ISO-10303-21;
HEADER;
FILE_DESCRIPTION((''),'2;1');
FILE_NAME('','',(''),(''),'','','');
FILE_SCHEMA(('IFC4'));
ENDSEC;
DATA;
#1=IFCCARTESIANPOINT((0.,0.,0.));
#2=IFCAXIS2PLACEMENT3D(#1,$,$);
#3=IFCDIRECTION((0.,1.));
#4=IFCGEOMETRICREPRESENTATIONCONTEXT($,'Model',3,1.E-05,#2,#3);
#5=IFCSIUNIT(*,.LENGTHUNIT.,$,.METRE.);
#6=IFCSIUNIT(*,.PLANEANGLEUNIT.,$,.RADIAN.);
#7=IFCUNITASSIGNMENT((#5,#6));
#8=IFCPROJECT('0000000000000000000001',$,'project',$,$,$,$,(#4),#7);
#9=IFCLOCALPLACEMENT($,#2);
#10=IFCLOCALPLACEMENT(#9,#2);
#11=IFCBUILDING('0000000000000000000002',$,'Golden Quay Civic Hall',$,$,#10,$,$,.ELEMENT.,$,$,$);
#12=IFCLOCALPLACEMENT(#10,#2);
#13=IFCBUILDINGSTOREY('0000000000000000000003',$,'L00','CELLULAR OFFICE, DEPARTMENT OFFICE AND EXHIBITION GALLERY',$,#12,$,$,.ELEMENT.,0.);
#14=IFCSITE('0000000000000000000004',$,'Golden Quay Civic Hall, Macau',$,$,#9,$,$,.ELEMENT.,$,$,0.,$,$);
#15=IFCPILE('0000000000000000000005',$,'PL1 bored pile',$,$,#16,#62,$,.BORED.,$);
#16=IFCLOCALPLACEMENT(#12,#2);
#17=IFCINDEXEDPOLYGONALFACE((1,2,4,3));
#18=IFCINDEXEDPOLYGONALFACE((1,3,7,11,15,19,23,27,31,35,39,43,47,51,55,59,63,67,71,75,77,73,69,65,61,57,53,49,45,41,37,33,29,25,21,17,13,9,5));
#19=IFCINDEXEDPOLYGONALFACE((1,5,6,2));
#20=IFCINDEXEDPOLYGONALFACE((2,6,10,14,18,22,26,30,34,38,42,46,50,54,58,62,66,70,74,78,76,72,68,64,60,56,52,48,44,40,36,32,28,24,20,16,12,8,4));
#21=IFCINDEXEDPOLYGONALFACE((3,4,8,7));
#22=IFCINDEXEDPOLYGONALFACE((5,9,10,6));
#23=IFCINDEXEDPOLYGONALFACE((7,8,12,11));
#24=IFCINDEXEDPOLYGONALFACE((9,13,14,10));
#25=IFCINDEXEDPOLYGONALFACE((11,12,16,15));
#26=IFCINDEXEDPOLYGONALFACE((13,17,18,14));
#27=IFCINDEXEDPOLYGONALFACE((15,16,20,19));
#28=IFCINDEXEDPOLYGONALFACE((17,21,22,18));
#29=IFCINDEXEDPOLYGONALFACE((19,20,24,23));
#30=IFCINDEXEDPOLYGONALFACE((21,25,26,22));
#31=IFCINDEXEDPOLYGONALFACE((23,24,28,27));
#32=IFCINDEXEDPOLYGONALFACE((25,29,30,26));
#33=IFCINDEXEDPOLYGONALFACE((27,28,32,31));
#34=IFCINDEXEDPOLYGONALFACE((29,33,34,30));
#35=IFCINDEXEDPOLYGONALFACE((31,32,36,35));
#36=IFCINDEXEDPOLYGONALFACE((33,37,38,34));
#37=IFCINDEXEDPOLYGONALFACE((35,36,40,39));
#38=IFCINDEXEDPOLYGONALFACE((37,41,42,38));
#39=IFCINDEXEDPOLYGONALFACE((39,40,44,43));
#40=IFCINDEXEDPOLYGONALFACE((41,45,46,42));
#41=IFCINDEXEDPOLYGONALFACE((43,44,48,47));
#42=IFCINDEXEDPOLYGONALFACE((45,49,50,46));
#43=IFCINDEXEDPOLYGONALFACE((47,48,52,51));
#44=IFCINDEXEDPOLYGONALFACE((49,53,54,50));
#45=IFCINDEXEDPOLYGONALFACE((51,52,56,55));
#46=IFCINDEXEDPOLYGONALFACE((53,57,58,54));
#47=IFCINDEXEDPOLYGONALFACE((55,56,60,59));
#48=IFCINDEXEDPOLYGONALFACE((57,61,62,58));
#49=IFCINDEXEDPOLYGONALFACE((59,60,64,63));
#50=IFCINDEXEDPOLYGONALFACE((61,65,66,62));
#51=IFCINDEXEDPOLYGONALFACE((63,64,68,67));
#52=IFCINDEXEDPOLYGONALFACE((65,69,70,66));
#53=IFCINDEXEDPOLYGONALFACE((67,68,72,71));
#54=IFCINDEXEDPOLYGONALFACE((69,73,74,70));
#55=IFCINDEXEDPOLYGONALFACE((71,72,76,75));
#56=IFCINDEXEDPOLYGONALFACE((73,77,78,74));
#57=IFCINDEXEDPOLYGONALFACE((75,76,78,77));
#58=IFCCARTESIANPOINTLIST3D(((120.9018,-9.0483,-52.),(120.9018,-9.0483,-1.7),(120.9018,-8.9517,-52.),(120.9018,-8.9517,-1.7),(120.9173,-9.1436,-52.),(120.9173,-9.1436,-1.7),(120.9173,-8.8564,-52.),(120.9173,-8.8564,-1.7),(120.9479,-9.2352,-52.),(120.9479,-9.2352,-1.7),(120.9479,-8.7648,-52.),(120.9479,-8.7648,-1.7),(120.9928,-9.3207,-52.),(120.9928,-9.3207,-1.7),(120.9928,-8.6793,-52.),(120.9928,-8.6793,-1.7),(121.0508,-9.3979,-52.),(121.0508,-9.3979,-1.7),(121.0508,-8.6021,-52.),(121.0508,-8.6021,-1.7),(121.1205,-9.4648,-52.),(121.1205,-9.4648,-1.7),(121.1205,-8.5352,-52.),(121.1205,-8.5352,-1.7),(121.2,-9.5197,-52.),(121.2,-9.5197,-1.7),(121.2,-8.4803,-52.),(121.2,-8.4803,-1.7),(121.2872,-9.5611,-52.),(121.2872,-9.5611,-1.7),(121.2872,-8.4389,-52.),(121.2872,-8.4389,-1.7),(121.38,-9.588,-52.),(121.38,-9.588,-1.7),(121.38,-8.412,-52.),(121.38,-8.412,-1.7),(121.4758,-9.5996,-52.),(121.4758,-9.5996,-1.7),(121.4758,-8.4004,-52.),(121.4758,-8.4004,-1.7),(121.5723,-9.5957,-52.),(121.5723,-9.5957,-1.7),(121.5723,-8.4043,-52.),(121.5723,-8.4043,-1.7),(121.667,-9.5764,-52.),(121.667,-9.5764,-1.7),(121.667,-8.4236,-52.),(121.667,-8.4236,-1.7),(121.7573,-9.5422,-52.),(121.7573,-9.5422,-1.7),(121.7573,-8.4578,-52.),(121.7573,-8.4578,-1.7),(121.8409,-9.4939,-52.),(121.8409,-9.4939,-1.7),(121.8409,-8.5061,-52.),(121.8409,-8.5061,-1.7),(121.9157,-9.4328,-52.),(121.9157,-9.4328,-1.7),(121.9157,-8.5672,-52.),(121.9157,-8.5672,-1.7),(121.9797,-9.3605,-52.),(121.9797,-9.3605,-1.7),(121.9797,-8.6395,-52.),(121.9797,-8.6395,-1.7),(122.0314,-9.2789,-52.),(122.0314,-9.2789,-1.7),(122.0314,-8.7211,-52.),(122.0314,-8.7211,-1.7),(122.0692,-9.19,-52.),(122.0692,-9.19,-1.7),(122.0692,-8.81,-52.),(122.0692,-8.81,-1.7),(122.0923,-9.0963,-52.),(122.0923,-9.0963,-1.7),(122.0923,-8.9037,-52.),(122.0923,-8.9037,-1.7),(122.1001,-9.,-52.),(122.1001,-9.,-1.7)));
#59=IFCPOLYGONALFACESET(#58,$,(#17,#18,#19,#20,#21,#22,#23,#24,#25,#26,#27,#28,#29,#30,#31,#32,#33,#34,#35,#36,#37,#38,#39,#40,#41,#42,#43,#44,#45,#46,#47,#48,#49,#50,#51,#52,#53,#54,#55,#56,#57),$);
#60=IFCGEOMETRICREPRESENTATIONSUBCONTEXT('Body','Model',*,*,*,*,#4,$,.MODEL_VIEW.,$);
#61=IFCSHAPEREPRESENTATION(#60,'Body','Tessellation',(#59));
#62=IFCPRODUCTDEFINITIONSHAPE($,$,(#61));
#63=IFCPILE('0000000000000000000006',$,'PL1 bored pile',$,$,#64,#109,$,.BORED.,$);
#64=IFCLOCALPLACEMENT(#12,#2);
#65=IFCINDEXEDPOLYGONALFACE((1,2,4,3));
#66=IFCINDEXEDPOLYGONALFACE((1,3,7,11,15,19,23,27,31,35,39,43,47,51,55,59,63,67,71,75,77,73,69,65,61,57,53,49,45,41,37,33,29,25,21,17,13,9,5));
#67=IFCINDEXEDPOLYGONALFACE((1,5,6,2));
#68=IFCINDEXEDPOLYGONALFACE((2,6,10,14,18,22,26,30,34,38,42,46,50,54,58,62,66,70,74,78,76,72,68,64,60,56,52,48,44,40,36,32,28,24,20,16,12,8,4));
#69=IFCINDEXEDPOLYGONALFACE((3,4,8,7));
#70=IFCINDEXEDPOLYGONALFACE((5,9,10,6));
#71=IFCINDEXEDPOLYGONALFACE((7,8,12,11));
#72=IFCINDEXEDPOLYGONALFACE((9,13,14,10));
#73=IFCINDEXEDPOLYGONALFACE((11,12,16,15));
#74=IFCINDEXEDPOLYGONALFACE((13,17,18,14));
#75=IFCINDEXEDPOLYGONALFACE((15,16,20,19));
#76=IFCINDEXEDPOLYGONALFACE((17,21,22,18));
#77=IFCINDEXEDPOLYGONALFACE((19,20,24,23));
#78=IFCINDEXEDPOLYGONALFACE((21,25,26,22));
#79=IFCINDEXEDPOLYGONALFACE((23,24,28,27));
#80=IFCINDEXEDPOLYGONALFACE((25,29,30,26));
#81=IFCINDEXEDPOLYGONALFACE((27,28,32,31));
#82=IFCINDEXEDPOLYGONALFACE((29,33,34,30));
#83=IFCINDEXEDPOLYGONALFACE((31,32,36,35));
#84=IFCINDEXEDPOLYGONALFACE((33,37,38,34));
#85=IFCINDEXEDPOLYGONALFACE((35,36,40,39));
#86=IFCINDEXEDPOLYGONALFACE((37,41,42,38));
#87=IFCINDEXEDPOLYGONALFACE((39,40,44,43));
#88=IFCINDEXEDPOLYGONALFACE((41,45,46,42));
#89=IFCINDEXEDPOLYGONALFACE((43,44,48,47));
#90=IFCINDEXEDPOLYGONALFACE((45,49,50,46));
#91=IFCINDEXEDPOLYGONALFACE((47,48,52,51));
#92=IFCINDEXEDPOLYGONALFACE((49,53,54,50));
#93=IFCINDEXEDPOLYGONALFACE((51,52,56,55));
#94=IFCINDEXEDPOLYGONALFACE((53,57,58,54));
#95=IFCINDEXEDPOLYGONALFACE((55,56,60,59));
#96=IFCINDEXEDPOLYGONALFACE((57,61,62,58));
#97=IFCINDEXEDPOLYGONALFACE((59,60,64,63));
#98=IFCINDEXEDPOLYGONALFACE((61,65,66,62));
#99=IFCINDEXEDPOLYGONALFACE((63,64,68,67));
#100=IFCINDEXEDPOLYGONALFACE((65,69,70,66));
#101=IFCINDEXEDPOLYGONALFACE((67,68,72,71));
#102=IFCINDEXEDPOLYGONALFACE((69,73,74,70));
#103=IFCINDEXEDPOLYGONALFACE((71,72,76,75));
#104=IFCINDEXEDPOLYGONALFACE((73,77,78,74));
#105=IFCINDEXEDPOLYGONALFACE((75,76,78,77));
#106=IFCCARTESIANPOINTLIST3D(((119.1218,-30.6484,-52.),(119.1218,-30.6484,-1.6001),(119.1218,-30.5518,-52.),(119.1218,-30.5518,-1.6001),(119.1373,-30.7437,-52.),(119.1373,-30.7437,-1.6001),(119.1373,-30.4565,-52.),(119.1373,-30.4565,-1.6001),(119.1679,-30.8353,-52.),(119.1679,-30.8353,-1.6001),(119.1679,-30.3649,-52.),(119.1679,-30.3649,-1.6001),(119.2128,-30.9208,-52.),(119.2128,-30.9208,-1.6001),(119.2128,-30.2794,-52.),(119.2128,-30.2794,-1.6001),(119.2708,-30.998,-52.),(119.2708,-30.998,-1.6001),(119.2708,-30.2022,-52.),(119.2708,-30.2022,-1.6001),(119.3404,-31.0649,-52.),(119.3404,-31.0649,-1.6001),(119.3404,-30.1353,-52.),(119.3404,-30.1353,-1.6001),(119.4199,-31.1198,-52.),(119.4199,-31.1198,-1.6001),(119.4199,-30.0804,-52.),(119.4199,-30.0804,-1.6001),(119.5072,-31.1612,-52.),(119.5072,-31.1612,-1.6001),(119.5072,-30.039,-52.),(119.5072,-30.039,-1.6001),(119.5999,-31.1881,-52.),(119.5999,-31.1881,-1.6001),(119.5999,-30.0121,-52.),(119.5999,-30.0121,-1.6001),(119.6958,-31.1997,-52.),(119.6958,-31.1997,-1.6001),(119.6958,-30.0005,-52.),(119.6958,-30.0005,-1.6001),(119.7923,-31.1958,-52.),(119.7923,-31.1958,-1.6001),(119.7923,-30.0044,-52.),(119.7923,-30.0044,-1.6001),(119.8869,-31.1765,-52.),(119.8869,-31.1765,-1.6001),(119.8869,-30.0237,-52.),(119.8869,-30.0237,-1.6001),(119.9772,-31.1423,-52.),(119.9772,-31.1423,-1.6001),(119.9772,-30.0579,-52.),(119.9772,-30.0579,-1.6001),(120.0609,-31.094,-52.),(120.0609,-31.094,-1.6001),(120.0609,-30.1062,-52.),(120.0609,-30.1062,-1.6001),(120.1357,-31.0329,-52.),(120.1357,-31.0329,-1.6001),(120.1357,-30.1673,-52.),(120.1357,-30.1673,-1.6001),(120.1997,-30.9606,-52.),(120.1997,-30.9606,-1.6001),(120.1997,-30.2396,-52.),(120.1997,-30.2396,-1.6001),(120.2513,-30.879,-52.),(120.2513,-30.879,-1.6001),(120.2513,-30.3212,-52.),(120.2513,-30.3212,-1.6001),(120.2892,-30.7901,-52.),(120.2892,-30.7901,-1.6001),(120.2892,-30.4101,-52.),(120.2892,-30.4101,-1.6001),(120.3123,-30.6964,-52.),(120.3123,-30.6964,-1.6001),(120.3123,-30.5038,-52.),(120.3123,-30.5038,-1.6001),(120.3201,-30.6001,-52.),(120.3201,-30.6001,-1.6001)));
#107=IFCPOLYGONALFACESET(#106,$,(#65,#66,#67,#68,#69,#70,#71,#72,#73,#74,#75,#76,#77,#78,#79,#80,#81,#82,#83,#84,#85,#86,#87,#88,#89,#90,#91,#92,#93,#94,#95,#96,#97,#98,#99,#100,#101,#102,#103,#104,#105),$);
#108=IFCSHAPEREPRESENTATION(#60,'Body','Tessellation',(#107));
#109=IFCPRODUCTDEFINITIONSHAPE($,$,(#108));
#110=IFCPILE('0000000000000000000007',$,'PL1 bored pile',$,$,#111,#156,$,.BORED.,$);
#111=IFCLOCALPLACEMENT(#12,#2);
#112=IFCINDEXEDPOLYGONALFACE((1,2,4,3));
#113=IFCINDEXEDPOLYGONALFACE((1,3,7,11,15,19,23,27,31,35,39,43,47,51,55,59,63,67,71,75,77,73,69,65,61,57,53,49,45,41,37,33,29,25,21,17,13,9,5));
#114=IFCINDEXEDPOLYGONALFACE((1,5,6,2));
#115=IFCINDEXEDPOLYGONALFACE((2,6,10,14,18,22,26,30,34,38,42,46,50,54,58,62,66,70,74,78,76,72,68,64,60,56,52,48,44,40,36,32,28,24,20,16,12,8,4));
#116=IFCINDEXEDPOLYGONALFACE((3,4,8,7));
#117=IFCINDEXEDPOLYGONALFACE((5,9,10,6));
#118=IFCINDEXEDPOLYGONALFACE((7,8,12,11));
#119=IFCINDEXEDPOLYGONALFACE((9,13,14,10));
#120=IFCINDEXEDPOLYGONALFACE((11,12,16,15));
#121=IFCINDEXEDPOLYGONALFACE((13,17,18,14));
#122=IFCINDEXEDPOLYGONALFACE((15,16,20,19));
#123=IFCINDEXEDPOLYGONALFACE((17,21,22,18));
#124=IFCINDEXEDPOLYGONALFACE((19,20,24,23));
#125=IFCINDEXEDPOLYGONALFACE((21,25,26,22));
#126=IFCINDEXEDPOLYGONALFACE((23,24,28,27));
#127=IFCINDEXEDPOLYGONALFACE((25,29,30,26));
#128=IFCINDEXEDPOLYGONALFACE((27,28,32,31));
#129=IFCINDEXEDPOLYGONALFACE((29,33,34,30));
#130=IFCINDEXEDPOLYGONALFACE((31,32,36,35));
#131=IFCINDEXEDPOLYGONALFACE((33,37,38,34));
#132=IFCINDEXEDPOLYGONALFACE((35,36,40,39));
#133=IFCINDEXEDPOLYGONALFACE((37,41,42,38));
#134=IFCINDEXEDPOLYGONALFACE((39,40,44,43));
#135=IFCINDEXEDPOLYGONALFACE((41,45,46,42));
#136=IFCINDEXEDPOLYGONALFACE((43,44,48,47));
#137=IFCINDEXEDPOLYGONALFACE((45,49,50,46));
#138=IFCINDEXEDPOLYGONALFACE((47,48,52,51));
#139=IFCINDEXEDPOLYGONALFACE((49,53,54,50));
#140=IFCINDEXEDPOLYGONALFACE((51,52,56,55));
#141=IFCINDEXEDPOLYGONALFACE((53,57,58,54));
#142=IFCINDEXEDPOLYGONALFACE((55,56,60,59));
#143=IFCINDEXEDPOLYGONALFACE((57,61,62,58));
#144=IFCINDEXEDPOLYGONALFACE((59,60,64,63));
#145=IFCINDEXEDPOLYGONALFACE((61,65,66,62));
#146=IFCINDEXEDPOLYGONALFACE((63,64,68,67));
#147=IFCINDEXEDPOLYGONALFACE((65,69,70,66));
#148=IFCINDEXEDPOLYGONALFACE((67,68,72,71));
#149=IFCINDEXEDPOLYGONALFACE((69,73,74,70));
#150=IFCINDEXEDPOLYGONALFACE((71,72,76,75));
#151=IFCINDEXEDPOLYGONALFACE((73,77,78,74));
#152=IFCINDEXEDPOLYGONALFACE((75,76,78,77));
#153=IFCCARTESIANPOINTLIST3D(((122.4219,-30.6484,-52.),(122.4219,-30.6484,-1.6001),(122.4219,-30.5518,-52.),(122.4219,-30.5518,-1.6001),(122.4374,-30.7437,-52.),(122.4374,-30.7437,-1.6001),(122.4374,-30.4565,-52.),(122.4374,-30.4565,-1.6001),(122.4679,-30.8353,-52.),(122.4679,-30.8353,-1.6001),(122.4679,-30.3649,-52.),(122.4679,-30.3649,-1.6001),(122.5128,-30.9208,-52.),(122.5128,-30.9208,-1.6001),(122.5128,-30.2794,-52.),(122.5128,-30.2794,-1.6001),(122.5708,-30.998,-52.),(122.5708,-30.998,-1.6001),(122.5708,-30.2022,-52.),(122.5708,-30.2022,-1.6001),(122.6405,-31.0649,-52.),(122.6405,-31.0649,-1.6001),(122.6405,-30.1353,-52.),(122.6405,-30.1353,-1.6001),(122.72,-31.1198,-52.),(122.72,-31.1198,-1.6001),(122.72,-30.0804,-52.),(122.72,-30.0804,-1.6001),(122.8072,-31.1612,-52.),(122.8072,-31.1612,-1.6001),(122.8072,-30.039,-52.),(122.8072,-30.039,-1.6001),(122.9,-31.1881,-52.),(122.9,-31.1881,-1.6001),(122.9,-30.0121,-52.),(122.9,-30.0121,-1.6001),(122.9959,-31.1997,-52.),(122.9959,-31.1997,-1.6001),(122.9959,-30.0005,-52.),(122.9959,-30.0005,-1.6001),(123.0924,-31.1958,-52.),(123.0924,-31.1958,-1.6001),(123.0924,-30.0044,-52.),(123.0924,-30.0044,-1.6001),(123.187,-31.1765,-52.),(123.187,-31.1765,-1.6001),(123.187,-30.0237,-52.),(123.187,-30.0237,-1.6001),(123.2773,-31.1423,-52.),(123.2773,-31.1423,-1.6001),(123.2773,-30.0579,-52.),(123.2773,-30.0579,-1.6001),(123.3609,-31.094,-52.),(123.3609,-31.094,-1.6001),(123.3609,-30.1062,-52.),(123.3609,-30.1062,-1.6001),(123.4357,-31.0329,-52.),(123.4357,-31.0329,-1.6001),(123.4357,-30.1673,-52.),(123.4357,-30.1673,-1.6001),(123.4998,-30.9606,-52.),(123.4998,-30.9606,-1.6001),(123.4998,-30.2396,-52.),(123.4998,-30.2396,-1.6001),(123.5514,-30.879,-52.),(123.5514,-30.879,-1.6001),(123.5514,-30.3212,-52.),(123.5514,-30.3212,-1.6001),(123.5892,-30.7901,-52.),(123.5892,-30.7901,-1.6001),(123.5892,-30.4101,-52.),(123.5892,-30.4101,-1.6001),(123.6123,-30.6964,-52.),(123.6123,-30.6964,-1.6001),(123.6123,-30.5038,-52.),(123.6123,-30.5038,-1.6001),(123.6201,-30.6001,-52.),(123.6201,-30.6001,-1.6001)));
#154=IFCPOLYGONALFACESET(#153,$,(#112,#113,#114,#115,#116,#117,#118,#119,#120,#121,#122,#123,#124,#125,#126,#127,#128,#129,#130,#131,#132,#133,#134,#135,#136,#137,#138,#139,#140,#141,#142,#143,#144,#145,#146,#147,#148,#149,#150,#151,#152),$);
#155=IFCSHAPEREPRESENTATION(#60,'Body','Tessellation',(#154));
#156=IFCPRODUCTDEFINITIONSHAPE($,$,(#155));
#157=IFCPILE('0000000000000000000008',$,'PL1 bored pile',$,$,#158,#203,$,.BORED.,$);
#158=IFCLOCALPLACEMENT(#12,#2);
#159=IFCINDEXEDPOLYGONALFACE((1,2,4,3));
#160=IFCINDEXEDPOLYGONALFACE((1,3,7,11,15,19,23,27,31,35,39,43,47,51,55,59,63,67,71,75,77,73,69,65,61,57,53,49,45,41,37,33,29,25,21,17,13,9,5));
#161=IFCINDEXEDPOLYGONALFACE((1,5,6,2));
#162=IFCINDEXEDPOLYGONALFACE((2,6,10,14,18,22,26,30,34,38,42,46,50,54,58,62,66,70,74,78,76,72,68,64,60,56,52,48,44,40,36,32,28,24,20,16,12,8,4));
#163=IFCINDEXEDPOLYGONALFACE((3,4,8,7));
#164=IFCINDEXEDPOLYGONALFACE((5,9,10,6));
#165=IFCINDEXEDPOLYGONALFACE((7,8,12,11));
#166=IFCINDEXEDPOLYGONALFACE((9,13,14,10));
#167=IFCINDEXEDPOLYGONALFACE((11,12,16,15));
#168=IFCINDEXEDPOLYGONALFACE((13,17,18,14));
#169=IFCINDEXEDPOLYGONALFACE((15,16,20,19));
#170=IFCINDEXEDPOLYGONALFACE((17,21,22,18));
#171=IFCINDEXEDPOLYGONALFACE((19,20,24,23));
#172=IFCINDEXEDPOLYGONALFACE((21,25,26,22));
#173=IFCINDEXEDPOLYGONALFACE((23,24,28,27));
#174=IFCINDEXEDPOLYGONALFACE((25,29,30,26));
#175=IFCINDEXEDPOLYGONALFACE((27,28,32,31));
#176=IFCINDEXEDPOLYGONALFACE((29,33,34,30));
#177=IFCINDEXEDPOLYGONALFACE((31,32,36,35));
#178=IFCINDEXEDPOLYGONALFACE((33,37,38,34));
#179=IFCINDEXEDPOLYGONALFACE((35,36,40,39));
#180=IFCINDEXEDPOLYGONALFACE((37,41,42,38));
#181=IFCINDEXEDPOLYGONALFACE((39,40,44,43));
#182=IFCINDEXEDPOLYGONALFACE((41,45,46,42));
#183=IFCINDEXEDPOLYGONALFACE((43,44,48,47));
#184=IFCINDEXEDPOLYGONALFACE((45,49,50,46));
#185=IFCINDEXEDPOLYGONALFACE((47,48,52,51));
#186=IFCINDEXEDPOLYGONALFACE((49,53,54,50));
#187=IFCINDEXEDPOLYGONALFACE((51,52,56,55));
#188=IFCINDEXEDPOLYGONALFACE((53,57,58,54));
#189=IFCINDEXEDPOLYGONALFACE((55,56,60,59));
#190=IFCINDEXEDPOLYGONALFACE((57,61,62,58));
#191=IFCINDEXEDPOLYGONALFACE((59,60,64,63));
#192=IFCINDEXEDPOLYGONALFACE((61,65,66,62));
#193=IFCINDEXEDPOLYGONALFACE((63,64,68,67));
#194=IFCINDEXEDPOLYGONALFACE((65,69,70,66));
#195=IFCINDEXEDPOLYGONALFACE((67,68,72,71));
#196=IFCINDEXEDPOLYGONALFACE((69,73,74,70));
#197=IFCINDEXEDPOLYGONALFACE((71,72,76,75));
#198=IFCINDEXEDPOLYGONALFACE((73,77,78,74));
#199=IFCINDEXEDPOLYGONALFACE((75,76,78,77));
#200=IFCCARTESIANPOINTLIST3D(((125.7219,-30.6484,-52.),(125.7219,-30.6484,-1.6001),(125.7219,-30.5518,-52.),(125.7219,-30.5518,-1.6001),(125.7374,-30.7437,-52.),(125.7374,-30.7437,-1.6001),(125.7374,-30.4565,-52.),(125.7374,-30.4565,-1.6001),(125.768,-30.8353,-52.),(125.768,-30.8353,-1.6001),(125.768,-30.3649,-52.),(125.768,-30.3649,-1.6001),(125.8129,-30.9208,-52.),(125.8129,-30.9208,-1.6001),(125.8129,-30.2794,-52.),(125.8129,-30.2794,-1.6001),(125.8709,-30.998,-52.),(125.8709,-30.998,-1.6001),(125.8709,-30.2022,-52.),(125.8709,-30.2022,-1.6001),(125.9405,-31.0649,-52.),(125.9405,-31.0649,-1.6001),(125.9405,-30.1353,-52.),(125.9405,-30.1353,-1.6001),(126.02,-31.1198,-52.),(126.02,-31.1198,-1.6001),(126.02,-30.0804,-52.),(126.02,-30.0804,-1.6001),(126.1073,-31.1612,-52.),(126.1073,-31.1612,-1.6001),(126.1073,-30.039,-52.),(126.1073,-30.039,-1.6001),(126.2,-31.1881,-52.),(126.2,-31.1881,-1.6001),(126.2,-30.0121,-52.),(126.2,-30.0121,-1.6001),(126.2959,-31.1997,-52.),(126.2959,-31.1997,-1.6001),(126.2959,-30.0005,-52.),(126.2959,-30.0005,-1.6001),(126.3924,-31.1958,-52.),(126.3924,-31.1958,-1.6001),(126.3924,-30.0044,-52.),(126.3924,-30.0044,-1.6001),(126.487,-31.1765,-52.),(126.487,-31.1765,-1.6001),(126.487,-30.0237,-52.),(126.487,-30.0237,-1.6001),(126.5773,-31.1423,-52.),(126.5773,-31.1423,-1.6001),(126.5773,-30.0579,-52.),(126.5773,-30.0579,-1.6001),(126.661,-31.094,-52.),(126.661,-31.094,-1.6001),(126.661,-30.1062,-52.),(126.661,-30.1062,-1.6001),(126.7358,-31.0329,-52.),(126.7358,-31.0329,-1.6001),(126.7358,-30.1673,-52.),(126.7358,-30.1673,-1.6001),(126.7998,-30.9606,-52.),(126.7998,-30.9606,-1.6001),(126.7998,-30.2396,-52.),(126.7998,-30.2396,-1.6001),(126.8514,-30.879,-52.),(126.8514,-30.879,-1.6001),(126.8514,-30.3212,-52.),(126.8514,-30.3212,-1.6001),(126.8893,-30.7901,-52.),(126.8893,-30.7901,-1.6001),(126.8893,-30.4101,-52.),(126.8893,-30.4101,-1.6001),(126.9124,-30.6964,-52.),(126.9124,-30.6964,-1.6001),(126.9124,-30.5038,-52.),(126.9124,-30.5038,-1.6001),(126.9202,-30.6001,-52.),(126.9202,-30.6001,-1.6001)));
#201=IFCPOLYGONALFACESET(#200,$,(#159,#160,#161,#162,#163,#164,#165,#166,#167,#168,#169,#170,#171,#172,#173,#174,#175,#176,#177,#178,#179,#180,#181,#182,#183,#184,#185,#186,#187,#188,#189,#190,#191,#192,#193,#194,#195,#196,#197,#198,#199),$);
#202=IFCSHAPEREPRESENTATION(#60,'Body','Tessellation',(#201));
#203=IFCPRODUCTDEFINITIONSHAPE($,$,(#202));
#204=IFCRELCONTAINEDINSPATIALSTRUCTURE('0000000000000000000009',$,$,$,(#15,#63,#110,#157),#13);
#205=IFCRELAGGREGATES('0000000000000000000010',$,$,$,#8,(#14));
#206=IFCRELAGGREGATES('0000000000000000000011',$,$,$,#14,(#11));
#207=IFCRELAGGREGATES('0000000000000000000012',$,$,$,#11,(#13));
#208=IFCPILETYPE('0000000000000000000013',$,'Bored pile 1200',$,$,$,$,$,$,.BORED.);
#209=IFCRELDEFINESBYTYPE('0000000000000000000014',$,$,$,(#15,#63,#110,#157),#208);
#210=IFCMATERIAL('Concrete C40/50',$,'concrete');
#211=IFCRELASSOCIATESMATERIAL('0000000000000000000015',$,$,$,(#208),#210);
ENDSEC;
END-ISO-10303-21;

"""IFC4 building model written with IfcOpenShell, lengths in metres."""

from ifc_helpers import new_model, si_unit, direction, frame, origin, origin_2d, place, context, subcontext, project, spatial, circle, extrude, material, material_profile, profile_set, type_object, element, save


model = new_model("IFC4")

# Units and contexts
model_context = context("Model", 3, precision=1e-05, world=origin(), true_north=direction((0.0, 1.0)))
body_context = subcontext(model_context, "Body", "Model", "MODEL_VIEW")
ifc_project = project(units=[si_unit("LENGTHUNIT", "METRE"), si_unit("PLANEANGLEUNIT", "RADIAN")], contexts=[model_context])

# Site, building, storey
site_placement = place(None, origin())
site = spatial("IfcSite", under=ifc_project, at=site_placement, Name="Golden Quay Civic Hall, Macau", CompositionType="ELEMENT", RefElevation=0.0)
building_placement = place(site_placement, origin())
building = spatial("IfcBuilding", under=site, at=building_placement, Name="Golden Quay Civic Hall", CompositionType="ELEMENT")
storey_placement = place(building_placement, origin())
storey = spatial("IfcBuildingStorey", under=building, at=storey_placement, Name="L00", Description="CELLULAR OFFICE, DEPARTMENT OFFICE AND EXHIBITION GALLERY", CompositionType="ELEMENT", Elevation=0.0)

# Piles
ifc_material_1 = material(Name="Concrete C40/50", Category="concrete")
ifc_material_profile_1 = material_profile(ifc_material_1, circle(Radius=0.6001, at=origin_2d()), Name="RC D1200")
ifc_profile_set_1 = profile_set([ifc_material_profile_1], Name="Concrete C40/50")
pile_type = type_object("IfcPileType", Name="Bored pile 1200", PredefinedType="BORED", material=ifc_profile_set_1)
pile_placement = place(storey_placement, frame((121.5, -9.0, -1.7), z_axis=(0.0, 0.0, -1.0), x_axis=(1.0, 0.0, 0.0)))
element("IfcPile", 1, at=pile_placement, inside=storey, type_object=pile_type, Name="PL1 bored pile", PredefinedType="BORED", context=body_context, shape_type="SweptSolid", body=[
    extrude(circle(Radius=0.6001, at=origin_2d()), origin(), (0.0, 0.0, 1.0), 50.3),
])
for number, where, z_axis, x_axis, name in (
    (2, (119.72, -30.6001, -1.6001), (0.0, 0.0, -1.0), (1.0, 0.0, 0.0), "PL1 bored pile"),
    (3, (123.02, -30.6001, -1.6001), (0.0, 0.0, -1.0), (1.0, 0.0, 0.0), "PL1 bored pile"),
    (4, (126.3201, -30.6001, -1.6001), (0.0, 0.0, -1.0), (1.0, 0.0, 0.0), "PL1 bored pile"),
):
    element("IfcPile", number, at=place(storey_placement, frame(where, z_axis=z_axis, x_axis=x_axis)), inside=storey, type_object=pile_type, Name=name, PredefinedType="BORED", context=body_context, shape_type="SweptSolid", body=[
        extrude(circle(Radius=0.6001, at=origin_2d()), origin(), (0.0, 0.0, 1.0), 50.3999),
    ])

save(model, "model.ifc")
